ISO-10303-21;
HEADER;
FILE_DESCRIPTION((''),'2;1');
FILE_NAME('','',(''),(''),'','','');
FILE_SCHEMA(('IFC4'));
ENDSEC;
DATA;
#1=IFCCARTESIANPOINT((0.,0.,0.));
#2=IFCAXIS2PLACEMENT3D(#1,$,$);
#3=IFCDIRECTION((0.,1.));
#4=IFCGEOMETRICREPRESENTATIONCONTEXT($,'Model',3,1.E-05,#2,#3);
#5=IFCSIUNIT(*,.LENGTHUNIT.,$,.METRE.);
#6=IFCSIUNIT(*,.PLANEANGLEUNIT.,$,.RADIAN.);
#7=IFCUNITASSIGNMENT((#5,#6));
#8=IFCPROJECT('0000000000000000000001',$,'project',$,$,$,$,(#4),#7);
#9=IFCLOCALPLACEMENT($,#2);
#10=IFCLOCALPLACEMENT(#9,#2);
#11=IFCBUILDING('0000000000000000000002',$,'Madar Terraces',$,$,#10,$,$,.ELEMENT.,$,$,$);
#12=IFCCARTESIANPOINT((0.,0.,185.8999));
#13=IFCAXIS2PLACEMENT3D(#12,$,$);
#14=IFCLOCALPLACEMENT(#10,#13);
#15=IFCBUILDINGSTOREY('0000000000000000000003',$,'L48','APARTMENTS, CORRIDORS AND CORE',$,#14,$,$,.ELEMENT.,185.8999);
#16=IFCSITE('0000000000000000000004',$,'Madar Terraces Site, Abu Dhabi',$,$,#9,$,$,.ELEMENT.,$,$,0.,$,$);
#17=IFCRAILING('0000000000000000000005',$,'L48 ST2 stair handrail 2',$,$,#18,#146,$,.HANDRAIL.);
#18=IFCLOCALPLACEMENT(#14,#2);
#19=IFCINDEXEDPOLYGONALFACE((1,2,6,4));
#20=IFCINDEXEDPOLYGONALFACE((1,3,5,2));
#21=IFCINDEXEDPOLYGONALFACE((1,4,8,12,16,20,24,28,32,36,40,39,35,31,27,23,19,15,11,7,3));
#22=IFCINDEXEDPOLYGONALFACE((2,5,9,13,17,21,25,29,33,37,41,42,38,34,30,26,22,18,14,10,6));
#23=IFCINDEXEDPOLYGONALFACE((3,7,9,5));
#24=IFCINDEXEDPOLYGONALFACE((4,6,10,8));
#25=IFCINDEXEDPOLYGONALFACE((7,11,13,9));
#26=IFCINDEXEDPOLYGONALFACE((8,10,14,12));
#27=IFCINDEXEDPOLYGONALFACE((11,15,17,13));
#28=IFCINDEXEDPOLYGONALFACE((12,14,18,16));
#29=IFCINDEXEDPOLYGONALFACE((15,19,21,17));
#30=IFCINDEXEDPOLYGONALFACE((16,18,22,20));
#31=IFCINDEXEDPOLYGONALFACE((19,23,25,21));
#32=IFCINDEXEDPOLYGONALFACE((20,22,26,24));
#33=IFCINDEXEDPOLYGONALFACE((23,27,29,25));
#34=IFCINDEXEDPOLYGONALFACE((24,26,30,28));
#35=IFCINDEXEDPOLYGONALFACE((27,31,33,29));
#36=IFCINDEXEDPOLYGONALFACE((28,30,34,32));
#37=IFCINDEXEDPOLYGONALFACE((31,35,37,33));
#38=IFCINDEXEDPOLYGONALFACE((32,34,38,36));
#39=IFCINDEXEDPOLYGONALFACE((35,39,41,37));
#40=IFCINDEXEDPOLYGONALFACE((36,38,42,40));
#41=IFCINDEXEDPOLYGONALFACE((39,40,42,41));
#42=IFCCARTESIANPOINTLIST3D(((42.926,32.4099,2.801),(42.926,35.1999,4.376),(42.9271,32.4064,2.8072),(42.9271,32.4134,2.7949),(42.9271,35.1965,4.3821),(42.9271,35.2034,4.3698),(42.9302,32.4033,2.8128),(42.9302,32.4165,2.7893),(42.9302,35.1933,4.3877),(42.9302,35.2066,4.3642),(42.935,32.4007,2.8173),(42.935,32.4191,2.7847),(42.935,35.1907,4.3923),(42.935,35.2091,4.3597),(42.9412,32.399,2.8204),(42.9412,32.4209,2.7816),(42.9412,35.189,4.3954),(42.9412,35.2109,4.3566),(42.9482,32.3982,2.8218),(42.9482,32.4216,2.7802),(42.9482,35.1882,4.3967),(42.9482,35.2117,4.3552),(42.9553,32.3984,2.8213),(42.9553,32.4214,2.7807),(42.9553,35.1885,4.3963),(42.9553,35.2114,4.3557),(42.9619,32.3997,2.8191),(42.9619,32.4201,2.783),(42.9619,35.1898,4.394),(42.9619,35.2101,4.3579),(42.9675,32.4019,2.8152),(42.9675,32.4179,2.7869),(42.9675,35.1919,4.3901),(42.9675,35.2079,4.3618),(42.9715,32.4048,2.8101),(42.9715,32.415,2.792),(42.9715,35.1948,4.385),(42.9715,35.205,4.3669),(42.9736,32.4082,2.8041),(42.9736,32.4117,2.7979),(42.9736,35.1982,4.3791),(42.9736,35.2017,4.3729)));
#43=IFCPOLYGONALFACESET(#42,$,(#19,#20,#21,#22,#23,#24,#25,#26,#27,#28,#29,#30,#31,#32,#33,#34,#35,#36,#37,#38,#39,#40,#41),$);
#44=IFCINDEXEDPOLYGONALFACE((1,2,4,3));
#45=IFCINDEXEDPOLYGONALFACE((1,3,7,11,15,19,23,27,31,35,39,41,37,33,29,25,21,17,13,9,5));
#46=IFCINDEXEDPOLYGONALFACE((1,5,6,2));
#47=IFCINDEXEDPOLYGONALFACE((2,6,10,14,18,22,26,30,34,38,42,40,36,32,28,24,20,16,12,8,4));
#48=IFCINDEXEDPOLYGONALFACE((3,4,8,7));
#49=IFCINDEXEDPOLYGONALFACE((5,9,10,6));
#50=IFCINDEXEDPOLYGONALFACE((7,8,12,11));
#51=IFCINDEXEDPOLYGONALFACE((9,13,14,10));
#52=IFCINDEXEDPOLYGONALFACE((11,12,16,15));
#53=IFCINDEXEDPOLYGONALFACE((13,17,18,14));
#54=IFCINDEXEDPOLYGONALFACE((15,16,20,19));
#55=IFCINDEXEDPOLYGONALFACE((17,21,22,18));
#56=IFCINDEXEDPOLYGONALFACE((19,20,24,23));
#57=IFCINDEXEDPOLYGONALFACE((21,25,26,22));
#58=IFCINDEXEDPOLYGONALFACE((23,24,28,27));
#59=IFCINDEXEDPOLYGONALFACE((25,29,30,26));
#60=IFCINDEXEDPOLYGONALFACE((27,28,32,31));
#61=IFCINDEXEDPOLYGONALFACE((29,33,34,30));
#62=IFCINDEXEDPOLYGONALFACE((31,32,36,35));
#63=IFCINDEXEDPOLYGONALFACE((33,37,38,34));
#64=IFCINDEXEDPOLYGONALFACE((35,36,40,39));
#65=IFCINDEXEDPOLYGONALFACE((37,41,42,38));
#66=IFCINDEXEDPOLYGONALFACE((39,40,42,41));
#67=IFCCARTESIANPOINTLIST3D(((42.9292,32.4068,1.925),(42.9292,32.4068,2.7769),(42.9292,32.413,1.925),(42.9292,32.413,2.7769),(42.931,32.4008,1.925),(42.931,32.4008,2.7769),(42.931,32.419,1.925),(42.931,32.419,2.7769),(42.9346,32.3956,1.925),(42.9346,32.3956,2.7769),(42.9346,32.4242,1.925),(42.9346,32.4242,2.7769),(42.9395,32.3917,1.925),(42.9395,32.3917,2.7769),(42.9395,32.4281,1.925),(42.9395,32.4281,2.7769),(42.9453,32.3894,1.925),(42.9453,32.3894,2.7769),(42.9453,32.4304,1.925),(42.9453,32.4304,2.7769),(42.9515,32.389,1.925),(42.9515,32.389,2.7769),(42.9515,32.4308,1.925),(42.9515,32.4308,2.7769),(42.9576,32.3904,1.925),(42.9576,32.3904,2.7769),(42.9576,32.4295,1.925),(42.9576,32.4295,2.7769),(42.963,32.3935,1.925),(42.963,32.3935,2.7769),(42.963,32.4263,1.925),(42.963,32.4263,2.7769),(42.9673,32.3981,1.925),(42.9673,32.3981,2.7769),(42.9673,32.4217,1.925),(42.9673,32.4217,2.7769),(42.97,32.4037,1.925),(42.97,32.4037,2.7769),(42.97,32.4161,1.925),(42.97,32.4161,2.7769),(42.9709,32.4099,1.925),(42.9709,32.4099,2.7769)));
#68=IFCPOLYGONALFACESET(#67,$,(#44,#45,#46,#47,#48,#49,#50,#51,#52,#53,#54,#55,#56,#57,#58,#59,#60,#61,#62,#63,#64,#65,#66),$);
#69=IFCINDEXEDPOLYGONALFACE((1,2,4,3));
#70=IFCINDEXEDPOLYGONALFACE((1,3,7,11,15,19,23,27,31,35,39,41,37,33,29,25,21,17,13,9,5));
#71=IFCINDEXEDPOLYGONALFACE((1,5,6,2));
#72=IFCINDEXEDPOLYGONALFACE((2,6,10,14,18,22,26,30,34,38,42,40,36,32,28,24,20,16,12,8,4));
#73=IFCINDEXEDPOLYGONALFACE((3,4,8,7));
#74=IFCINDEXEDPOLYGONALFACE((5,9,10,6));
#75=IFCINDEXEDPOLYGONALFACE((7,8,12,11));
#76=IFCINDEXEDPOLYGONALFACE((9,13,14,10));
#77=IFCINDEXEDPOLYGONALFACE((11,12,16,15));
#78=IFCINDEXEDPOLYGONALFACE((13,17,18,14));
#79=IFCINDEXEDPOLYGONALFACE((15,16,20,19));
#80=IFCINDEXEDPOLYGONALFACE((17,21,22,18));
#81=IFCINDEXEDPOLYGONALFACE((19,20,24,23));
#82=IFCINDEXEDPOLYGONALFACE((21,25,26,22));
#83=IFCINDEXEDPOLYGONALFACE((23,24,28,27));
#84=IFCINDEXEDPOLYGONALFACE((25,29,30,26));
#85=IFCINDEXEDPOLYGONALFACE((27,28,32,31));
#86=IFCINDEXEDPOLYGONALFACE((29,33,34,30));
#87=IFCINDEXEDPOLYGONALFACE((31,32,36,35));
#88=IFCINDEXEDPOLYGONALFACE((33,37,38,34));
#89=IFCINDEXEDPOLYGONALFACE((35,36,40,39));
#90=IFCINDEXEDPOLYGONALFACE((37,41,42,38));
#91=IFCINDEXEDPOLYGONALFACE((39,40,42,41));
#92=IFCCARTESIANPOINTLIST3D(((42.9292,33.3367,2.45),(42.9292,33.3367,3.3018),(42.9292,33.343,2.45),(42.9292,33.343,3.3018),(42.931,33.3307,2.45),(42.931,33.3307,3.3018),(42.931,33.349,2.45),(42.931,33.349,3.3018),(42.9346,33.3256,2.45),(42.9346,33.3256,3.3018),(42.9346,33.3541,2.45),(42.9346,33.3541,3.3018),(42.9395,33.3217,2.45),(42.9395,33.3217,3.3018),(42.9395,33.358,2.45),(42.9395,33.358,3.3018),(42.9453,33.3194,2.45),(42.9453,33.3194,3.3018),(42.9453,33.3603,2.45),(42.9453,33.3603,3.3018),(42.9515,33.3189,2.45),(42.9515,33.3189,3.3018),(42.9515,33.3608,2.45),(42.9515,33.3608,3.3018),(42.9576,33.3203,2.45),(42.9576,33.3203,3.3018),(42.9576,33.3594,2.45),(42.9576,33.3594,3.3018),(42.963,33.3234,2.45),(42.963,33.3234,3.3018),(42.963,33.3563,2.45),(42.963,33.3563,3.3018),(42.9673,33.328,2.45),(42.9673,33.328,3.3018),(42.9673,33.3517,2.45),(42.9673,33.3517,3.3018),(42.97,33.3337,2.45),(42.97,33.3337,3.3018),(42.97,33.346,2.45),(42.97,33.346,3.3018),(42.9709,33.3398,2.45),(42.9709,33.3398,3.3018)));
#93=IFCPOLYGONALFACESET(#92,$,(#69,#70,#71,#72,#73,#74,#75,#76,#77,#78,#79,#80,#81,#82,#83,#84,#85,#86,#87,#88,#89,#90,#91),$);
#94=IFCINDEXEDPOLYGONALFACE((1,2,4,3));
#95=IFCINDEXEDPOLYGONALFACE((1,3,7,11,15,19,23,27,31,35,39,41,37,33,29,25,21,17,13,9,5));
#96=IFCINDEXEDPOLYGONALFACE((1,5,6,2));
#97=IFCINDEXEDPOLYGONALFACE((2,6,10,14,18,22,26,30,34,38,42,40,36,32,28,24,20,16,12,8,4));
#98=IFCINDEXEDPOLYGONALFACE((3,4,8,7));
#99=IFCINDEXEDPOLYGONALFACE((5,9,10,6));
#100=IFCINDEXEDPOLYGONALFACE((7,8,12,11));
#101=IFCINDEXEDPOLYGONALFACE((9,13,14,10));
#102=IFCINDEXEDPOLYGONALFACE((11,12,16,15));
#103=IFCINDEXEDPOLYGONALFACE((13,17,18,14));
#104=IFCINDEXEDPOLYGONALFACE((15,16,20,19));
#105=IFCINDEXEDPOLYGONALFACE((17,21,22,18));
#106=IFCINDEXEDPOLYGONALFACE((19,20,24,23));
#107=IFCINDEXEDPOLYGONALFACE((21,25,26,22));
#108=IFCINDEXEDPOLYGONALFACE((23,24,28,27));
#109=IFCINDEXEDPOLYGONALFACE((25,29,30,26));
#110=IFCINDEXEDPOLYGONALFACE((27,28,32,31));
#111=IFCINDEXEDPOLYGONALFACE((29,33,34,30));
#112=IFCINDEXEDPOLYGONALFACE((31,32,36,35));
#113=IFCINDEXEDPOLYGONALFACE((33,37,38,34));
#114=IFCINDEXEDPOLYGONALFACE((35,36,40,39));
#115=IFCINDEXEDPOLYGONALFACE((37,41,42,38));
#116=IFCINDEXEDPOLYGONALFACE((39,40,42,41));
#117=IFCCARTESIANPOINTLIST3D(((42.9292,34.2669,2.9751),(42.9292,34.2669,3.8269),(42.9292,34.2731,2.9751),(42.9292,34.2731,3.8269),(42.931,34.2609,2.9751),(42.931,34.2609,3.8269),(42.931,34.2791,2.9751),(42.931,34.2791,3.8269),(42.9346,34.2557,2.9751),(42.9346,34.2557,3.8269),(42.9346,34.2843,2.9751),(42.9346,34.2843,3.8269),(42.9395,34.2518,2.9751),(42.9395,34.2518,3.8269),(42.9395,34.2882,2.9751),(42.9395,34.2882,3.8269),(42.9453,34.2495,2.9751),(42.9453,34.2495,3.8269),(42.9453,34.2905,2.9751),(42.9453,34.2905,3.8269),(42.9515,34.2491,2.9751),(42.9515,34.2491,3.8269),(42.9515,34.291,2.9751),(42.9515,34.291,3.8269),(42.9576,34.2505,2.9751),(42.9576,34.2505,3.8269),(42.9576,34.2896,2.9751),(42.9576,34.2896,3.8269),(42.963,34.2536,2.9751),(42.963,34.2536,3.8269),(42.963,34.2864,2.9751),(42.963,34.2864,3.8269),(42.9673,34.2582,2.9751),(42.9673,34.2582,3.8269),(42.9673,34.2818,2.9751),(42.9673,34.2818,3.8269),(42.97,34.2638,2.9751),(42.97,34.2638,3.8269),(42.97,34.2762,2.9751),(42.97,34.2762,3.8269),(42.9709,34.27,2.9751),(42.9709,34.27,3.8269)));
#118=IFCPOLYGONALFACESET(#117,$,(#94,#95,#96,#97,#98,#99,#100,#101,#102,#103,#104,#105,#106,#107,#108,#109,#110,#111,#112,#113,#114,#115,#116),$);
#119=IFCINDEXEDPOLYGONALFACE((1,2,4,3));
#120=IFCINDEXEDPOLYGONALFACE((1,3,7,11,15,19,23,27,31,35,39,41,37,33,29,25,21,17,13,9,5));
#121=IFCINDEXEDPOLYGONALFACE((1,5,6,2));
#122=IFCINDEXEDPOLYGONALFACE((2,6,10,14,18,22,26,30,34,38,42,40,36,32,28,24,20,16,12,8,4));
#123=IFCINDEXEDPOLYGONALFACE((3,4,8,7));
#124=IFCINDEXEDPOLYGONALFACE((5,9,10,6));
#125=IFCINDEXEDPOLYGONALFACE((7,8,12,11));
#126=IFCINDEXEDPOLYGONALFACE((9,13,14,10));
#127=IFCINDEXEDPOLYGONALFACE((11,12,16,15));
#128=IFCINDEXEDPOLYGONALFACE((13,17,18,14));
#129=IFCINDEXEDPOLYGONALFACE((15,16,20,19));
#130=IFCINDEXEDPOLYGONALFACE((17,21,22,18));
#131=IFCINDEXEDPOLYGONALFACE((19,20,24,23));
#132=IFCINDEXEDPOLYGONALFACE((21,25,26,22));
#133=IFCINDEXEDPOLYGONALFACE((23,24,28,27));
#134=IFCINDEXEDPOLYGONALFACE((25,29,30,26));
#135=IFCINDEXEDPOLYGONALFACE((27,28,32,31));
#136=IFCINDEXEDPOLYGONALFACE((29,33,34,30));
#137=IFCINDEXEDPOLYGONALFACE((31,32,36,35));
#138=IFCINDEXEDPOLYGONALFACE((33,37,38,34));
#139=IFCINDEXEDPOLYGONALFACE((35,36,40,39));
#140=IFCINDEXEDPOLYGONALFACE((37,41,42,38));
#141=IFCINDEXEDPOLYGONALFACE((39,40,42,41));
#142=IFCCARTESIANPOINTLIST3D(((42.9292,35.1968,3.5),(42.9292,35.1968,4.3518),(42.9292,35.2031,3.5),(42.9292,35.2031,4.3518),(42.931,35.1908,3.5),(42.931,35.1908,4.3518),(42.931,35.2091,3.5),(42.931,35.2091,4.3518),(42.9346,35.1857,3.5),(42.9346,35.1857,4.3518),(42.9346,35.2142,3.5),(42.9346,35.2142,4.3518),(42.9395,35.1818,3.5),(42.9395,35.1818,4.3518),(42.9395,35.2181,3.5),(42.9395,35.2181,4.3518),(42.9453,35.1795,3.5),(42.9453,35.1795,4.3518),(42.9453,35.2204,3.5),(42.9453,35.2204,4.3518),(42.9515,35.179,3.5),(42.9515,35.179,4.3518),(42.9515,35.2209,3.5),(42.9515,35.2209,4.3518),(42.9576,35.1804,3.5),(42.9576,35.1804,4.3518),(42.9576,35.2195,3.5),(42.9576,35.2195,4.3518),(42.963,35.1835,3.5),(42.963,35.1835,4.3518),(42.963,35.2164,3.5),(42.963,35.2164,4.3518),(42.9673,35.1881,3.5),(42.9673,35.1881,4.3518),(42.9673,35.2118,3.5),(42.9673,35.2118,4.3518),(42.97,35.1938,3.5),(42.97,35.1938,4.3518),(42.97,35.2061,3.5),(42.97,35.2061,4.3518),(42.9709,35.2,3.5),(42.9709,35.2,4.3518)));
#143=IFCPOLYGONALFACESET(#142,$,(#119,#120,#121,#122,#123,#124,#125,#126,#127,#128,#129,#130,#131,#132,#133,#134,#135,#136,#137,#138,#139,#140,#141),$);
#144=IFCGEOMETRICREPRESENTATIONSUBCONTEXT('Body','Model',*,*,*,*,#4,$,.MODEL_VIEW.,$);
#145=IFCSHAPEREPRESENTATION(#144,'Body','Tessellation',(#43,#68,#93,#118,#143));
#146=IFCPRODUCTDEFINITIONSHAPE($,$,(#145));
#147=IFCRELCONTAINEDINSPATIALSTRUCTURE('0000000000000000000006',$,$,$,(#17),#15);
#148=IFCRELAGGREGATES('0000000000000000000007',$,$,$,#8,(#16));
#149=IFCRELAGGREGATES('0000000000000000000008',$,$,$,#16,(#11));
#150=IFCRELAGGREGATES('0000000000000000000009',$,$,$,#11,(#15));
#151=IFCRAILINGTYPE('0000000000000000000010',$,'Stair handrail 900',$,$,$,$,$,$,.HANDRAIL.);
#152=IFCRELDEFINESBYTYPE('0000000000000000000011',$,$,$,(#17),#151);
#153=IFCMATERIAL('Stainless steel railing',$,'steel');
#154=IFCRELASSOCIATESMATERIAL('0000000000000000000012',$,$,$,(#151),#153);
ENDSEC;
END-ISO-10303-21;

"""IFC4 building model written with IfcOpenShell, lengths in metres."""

from ifc_helpers import new_model, si_unit, direction, frame, origin, origin_2d, place, context, subcontext, project, spatial, circle, extrude, material, type_object, element, save


model = new_model("IFC4")

# Units and contexts
model_context = context("Model", 3, precision=1e-05, world=origin(), true_north=direction((0.0, 1.0)))
body_context = subcontext(model_context, "Body", "Model", "MODEL_VIEW")
ifc_project = project(units=[si_unit("LENGTHUNIT", "METRE"), si_unit("PLANEANGLEUNIT", "RADIAN")], contexts=[model_context])

# Site, building, storey
site_placement = place(None, origin())
site = spatial("IfcSite", under=ifc_project, at=site_placement, Name="Madar Terraces Site, Abu Dhabi", CompositionType="ELEMENT", RefElevation=0.0)
building_placement = place(site_placement, origin())
building = spatial("IfcBuilding", under=site, at=building_placement, Name="Madar Terraces", CompositionType="ELEMENT")
storey_placement = place(building_placement, frame((0.0, 0.0, 185.8999)))
storey = spatial("IfcBuildingStorey", under=building, at=storey_placement, Name="L48", Description="APARTMENTS, CORRIDORS AND CORE", CompositionType="ELEMENT", Elevation=185.8999)

# Railing
ifc_material_1 = material(Name="Stainless steel railing", Category="steel")
railing_type_1 = type_object("IfcRailingType", Name="Stair handrail 900", PredefinedType="HANDRAIL", material=ifc_material_1)
railing_1_placement = place(storey_placement, frame((42.95, 32.4099, 1.925)))
element("IfcRailing", 1, at=railing_1_placement, inside=storey, type_object=railing_type_1, Name="L48 ST2 stair handrail 2", PredefinedType="HANDRAIL", context=body_context, shape_type="SweptSolid", body=[
    extrude(circle(Radius=0.0239, at=origin_2d()), frame((0.0, 0.0, 0.876), z_axis=(0.0, 0.870834, 0.491578), x_axis=(-1.0, 0.0, 0.0)), (0.0, 0.0, 1.0), 3.2039),
    extrude(circle(Radius=0.021, at=origin_2d()), origin(), (0.0, 0.0, 1.0), 0.8518),
    extrude(circle(Radius=0.021, at=origin_2d()), frame((0.0, 0.9299, 0.5249)), (0.0, 0.0, 1.0), 0.8518),
    extrude(circle(Radius=0.021, at=origin_2d()), frame((0.0, 1.8601, 1.05)), (0.0, 0.0, 1.0), 0.8518),
    extrude(circle(Radius=0.021, at=origin_2d()), frame((0.0, 2.79, 1.575)), (0.0, 0.0, 1.0), 0.8518),
])

save(model, "model.ifc")
